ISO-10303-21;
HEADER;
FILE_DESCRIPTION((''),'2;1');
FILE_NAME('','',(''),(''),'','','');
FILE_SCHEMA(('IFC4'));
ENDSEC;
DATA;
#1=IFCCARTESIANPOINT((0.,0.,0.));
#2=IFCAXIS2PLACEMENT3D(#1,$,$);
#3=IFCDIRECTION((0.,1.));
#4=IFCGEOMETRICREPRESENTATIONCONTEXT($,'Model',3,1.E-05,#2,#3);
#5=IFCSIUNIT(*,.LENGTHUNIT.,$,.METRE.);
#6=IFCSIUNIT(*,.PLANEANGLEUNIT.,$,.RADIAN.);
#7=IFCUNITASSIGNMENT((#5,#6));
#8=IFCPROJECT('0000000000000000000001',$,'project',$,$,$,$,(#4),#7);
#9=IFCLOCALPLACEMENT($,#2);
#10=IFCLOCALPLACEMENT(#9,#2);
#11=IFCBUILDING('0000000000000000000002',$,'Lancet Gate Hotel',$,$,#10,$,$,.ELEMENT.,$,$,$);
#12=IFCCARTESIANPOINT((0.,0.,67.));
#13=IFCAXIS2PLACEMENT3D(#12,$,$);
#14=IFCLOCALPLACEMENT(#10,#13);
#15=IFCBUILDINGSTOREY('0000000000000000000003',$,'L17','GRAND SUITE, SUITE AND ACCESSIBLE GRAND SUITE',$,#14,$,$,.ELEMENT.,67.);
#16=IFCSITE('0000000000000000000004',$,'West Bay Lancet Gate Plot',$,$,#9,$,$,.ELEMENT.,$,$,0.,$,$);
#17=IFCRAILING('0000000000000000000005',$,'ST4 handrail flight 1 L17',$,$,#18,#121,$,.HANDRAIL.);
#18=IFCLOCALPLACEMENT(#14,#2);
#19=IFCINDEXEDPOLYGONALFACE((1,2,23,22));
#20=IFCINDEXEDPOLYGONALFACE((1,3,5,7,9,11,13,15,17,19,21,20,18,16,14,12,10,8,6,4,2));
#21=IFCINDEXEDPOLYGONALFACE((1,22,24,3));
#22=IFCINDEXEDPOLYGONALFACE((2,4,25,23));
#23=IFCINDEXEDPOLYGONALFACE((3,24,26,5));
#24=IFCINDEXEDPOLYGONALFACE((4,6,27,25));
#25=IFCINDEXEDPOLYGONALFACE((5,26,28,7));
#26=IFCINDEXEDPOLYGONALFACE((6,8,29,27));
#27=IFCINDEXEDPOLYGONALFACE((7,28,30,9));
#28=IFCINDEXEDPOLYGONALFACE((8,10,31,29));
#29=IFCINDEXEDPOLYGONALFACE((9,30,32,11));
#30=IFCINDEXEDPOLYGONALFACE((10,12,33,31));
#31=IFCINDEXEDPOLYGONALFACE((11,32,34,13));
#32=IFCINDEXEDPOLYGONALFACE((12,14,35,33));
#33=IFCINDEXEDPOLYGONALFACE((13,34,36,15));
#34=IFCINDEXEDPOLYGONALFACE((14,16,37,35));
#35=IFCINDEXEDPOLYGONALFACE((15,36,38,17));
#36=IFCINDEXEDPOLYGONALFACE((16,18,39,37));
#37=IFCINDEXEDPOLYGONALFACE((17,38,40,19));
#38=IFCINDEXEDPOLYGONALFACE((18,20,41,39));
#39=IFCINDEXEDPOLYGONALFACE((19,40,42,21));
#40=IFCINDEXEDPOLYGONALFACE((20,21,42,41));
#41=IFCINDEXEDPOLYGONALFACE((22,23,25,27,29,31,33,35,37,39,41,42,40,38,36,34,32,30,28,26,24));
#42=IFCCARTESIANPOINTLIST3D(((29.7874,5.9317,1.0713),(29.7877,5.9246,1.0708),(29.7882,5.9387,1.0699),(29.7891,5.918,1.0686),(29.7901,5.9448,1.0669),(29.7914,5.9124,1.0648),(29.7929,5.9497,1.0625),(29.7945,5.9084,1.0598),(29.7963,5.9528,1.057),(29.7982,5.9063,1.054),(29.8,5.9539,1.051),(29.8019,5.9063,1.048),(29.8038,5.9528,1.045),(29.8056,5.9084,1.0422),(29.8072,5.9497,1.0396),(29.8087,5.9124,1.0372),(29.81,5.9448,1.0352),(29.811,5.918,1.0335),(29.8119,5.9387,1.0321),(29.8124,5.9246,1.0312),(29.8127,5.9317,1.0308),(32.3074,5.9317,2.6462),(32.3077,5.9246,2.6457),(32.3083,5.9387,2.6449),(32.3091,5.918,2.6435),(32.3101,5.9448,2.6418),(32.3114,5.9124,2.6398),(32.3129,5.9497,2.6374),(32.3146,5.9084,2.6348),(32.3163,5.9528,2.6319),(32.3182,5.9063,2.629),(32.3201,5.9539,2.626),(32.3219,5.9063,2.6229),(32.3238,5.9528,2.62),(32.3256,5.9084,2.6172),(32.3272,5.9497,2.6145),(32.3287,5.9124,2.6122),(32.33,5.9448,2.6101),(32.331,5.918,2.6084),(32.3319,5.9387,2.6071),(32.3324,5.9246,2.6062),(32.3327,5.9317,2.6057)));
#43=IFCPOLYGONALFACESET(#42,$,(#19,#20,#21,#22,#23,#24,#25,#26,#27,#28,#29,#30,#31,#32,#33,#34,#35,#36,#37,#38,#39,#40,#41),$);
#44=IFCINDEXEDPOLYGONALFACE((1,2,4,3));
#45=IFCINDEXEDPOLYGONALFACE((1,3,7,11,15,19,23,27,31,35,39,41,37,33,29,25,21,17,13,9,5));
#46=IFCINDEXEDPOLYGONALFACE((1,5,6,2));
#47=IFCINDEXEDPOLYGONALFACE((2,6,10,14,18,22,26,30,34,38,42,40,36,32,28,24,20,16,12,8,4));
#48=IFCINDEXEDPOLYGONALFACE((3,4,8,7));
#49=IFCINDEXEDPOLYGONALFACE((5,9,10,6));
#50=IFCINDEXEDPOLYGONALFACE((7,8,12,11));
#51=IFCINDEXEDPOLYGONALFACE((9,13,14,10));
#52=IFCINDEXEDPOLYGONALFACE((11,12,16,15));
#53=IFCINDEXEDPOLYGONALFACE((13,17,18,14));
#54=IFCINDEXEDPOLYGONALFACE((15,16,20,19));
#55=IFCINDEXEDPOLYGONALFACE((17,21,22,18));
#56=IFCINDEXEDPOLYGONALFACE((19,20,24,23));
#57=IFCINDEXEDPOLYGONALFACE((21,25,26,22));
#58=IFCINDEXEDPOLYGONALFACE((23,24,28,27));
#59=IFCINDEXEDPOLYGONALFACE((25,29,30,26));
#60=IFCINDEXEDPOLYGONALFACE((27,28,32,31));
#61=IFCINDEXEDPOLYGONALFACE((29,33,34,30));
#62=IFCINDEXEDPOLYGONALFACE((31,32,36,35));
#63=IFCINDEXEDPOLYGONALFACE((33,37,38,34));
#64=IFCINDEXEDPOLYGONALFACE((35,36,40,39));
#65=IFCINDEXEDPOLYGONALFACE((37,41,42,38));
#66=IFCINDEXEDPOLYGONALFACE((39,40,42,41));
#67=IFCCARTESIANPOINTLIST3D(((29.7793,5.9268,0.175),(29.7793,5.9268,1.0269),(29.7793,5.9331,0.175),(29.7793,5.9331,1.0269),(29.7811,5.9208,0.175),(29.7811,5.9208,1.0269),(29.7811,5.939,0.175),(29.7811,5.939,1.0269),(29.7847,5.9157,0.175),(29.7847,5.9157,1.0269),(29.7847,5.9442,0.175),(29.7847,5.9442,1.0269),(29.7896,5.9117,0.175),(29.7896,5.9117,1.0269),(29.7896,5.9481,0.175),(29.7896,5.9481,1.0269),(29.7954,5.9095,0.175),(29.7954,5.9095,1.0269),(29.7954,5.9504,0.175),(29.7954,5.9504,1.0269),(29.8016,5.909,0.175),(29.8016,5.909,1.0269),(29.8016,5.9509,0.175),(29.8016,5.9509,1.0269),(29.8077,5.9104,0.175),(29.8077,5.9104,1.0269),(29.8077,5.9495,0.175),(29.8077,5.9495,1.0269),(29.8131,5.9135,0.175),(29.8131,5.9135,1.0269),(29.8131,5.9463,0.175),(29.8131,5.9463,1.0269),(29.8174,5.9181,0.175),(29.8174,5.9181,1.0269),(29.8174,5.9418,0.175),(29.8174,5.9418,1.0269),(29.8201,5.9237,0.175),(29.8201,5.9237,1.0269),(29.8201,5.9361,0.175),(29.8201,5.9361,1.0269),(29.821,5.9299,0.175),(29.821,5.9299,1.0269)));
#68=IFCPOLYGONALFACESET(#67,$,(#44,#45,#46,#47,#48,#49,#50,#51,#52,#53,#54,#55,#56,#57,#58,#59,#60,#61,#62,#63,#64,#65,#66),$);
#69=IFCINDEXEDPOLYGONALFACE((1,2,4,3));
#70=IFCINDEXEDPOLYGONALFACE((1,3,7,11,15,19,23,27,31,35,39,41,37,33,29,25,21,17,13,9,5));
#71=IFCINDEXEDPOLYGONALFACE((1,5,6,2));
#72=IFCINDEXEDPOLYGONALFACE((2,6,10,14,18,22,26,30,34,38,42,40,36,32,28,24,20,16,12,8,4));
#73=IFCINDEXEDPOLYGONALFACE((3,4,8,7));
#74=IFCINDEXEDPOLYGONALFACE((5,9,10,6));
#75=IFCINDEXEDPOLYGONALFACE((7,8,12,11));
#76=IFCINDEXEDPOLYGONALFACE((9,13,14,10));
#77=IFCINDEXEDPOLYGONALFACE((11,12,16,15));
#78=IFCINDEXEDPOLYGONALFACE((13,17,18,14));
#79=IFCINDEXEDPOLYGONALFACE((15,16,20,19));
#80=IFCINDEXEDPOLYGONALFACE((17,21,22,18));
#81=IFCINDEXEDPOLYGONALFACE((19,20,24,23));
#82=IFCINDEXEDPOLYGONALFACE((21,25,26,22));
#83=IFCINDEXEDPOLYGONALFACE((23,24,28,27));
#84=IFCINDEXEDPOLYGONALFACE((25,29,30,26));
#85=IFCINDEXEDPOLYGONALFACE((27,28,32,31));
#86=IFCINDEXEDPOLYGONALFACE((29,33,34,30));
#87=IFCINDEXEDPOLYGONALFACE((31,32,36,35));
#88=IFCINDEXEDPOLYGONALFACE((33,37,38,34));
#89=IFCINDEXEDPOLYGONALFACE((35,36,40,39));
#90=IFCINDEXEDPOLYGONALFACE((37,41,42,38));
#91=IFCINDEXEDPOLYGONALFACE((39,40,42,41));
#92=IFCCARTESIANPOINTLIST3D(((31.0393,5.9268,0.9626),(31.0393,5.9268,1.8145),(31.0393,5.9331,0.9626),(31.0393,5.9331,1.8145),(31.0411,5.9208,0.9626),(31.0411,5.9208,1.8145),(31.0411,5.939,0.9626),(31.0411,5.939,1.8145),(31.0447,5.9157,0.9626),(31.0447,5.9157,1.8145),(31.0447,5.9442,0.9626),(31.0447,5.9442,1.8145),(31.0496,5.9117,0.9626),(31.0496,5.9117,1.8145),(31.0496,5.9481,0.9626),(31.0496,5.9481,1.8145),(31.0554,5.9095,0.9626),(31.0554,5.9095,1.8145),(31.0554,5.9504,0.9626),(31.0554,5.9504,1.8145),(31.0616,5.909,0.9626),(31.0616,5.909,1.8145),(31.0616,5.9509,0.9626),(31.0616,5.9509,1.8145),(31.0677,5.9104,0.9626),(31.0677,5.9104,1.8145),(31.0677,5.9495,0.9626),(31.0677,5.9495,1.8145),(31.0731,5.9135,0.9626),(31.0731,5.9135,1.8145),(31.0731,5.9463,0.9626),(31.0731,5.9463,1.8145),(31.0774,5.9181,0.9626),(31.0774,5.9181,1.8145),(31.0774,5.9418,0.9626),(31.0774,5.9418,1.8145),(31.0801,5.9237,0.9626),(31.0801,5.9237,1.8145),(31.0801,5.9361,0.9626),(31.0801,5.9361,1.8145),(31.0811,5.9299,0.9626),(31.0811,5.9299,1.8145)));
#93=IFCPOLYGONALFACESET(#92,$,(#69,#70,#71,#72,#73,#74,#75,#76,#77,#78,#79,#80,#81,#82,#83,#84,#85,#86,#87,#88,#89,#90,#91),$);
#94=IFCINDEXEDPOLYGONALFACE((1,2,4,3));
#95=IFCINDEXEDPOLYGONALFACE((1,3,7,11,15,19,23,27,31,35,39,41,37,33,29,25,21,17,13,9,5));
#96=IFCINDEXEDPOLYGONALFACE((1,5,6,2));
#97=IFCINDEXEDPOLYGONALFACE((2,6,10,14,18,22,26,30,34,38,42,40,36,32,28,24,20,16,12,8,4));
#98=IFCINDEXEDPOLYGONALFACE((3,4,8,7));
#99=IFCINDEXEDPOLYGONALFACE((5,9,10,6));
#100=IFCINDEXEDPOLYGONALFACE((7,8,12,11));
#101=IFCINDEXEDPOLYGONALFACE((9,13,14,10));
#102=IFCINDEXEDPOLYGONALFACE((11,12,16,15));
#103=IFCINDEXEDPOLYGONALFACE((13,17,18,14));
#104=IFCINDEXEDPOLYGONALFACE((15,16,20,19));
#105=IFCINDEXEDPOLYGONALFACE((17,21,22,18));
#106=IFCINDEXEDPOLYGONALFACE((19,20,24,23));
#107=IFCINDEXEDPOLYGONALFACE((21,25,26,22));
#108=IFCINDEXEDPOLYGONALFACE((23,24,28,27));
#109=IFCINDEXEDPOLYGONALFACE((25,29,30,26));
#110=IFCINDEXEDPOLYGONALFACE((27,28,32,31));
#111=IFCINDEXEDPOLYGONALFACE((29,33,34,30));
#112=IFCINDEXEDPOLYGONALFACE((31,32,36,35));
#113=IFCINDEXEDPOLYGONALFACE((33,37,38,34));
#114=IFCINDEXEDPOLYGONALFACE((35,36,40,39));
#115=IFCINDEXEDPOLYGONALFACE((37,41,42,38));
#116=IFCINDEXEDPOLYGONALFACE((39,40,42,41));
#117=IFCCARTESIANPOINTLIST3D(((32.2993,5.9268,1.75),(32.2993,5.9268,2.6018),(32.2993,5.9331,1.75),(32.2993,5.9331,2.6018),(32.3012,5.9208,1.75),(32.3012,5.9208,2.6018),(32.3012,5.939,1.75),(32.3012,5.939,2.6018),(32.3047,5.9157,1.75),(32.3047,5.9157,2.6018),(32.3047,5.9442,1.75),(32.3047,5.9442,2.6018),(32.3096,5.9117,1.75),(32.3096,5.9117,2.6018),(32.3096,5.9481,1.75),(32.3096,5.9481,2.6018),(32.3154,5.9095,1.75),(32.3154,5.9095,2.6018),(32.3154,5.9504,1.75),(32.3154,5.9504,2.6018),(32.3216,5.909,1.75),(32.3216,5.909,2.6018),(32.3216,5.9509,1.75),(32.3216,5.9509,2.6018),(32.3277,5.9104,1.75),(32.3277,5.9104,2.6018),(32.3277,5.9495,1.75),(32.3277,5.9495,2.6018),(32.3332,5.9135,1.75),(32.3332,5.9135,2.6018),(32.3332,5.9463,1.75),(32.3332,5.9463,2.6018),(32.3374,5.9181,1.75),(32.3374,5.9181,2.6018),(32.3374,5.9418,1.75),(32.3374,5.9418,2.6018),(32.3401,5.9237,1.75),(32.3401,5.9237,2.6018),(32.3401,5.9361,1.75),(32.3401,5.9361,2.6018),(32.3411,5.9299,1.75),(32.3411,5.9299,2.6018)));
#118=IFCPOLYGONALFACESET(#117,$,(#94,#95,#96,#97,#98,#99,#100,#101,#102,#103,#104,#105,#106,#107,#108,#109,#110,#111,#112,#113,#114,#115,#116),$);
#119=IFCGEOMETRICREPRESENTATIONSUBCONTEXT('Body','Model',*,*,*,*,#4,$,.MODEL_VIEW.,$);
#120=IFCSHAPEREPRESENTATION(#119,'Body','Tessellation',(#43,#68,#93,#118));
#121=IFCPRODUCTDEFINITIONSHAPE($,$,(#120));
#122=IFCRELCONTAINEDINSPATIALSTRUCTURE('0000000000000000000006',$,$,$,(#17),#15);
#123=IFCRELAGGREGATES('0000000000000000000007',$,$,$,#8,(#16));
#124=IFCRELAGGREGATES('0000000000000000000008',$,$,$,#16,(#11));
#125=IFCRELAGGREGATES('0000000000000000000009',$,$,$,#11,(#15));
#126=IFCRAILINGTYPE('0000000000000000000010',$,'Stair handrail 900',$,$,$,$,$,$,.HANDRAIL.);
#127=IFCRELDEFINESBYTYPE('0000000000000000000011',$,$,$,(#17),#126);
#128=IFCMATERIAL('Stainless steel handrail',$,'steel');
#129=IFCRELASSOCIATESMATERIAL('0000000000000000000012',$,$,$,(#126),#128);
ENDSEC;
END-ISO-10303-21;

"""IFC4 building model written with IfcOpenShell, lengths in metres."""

from ifc_helpers import new_model, si_unit, direction, frame, origin, origin_2d, place, context, subcontext, project, spatial, circle, extrude, material, type_object, element, save


model = new_model("IFC4")

# Units and contexts
model_context = context("Model", 3, precision=1e-05, world=origin(), true_north=direction((0.0, 1.0)))
body_context = subcontext(model_context, "Body", "Model", "MODEL_VIEW")
ifc_project = project(units=[si_unit("LENGTHUNIT", "METRE"), si_unit("PLANEANGLEUNIT", "RADIAN")], contexts=[model_context])

# Site, building, storey
site_placement = place(None, origin())
site = spatial("IfcSite", under=ifc_project, at=site_placement, Name="West Bay Lancet Gate Plot", CompositionType="ELEMENT", RefElevation=0.0)
building_placement = place(site_placement, origin())
building = spatial("IfcBuilding", under=site, at=building_placement, Name="Lancet Gate Hotel", CompositionType="ELEMENT")
storey_placement = place(building_placement, frame((0.0, 0.0, 67.0)))
storey = spatial("IfcBuildingStorey", under=building, at=storey_placement, Name="L17", Description="GRAND SUITE, SUITE AND ACCESSIBLE GRAND SUITE", CompositionType="ELEMENT", Elevation=67.0)

# Railing
ifc_material_1 = material(Name="Stainless steel handrail", Category="steel")
railing_type = type_object("IfcRailingType", Name="Stair handrail 900", PredefinedType="HANDRAIL", material=ifc_material_1)
railing_1_placement = place(storey_placement, frame((29.8, 5.9299, 0.175)))
element("IfcRailing", 1, at=railing_1_placement, inside=storey, type_object=railing_type, Name="ST4 handrail flight 1 L17", PredefinedType="HANDRAIL", context=body_context, shape_type="SweptSolid", body=[
    extrude(circle(Radius=0.0239, at=origin_2d()), frame((0.0, 0.0, 0.876), z_axis=(0.848008, 0.0, 0.529984), x_axis=(0.0, 1.0, 0.0)), (0.0, 0.0, 1.0), 2.9717),
    extrude(circle(Radius=0.021, at=origin_2d()), origin(), (0.0, 0.0, 1.0), 0.8518),
    extrude(circle(Radius=0.021, at=origin_2d()), frame((1.26, 0.0, 0.7876)), (0.0, 0.0, 1.0), 0.8518),
    extrude(circle(Radius=0.021, at=origin_2d()), frame((2.52, 0.0, 1.575)), (0.0, 0.0, 1.0), 0.8518),
])

save(model, "model.ifc")
